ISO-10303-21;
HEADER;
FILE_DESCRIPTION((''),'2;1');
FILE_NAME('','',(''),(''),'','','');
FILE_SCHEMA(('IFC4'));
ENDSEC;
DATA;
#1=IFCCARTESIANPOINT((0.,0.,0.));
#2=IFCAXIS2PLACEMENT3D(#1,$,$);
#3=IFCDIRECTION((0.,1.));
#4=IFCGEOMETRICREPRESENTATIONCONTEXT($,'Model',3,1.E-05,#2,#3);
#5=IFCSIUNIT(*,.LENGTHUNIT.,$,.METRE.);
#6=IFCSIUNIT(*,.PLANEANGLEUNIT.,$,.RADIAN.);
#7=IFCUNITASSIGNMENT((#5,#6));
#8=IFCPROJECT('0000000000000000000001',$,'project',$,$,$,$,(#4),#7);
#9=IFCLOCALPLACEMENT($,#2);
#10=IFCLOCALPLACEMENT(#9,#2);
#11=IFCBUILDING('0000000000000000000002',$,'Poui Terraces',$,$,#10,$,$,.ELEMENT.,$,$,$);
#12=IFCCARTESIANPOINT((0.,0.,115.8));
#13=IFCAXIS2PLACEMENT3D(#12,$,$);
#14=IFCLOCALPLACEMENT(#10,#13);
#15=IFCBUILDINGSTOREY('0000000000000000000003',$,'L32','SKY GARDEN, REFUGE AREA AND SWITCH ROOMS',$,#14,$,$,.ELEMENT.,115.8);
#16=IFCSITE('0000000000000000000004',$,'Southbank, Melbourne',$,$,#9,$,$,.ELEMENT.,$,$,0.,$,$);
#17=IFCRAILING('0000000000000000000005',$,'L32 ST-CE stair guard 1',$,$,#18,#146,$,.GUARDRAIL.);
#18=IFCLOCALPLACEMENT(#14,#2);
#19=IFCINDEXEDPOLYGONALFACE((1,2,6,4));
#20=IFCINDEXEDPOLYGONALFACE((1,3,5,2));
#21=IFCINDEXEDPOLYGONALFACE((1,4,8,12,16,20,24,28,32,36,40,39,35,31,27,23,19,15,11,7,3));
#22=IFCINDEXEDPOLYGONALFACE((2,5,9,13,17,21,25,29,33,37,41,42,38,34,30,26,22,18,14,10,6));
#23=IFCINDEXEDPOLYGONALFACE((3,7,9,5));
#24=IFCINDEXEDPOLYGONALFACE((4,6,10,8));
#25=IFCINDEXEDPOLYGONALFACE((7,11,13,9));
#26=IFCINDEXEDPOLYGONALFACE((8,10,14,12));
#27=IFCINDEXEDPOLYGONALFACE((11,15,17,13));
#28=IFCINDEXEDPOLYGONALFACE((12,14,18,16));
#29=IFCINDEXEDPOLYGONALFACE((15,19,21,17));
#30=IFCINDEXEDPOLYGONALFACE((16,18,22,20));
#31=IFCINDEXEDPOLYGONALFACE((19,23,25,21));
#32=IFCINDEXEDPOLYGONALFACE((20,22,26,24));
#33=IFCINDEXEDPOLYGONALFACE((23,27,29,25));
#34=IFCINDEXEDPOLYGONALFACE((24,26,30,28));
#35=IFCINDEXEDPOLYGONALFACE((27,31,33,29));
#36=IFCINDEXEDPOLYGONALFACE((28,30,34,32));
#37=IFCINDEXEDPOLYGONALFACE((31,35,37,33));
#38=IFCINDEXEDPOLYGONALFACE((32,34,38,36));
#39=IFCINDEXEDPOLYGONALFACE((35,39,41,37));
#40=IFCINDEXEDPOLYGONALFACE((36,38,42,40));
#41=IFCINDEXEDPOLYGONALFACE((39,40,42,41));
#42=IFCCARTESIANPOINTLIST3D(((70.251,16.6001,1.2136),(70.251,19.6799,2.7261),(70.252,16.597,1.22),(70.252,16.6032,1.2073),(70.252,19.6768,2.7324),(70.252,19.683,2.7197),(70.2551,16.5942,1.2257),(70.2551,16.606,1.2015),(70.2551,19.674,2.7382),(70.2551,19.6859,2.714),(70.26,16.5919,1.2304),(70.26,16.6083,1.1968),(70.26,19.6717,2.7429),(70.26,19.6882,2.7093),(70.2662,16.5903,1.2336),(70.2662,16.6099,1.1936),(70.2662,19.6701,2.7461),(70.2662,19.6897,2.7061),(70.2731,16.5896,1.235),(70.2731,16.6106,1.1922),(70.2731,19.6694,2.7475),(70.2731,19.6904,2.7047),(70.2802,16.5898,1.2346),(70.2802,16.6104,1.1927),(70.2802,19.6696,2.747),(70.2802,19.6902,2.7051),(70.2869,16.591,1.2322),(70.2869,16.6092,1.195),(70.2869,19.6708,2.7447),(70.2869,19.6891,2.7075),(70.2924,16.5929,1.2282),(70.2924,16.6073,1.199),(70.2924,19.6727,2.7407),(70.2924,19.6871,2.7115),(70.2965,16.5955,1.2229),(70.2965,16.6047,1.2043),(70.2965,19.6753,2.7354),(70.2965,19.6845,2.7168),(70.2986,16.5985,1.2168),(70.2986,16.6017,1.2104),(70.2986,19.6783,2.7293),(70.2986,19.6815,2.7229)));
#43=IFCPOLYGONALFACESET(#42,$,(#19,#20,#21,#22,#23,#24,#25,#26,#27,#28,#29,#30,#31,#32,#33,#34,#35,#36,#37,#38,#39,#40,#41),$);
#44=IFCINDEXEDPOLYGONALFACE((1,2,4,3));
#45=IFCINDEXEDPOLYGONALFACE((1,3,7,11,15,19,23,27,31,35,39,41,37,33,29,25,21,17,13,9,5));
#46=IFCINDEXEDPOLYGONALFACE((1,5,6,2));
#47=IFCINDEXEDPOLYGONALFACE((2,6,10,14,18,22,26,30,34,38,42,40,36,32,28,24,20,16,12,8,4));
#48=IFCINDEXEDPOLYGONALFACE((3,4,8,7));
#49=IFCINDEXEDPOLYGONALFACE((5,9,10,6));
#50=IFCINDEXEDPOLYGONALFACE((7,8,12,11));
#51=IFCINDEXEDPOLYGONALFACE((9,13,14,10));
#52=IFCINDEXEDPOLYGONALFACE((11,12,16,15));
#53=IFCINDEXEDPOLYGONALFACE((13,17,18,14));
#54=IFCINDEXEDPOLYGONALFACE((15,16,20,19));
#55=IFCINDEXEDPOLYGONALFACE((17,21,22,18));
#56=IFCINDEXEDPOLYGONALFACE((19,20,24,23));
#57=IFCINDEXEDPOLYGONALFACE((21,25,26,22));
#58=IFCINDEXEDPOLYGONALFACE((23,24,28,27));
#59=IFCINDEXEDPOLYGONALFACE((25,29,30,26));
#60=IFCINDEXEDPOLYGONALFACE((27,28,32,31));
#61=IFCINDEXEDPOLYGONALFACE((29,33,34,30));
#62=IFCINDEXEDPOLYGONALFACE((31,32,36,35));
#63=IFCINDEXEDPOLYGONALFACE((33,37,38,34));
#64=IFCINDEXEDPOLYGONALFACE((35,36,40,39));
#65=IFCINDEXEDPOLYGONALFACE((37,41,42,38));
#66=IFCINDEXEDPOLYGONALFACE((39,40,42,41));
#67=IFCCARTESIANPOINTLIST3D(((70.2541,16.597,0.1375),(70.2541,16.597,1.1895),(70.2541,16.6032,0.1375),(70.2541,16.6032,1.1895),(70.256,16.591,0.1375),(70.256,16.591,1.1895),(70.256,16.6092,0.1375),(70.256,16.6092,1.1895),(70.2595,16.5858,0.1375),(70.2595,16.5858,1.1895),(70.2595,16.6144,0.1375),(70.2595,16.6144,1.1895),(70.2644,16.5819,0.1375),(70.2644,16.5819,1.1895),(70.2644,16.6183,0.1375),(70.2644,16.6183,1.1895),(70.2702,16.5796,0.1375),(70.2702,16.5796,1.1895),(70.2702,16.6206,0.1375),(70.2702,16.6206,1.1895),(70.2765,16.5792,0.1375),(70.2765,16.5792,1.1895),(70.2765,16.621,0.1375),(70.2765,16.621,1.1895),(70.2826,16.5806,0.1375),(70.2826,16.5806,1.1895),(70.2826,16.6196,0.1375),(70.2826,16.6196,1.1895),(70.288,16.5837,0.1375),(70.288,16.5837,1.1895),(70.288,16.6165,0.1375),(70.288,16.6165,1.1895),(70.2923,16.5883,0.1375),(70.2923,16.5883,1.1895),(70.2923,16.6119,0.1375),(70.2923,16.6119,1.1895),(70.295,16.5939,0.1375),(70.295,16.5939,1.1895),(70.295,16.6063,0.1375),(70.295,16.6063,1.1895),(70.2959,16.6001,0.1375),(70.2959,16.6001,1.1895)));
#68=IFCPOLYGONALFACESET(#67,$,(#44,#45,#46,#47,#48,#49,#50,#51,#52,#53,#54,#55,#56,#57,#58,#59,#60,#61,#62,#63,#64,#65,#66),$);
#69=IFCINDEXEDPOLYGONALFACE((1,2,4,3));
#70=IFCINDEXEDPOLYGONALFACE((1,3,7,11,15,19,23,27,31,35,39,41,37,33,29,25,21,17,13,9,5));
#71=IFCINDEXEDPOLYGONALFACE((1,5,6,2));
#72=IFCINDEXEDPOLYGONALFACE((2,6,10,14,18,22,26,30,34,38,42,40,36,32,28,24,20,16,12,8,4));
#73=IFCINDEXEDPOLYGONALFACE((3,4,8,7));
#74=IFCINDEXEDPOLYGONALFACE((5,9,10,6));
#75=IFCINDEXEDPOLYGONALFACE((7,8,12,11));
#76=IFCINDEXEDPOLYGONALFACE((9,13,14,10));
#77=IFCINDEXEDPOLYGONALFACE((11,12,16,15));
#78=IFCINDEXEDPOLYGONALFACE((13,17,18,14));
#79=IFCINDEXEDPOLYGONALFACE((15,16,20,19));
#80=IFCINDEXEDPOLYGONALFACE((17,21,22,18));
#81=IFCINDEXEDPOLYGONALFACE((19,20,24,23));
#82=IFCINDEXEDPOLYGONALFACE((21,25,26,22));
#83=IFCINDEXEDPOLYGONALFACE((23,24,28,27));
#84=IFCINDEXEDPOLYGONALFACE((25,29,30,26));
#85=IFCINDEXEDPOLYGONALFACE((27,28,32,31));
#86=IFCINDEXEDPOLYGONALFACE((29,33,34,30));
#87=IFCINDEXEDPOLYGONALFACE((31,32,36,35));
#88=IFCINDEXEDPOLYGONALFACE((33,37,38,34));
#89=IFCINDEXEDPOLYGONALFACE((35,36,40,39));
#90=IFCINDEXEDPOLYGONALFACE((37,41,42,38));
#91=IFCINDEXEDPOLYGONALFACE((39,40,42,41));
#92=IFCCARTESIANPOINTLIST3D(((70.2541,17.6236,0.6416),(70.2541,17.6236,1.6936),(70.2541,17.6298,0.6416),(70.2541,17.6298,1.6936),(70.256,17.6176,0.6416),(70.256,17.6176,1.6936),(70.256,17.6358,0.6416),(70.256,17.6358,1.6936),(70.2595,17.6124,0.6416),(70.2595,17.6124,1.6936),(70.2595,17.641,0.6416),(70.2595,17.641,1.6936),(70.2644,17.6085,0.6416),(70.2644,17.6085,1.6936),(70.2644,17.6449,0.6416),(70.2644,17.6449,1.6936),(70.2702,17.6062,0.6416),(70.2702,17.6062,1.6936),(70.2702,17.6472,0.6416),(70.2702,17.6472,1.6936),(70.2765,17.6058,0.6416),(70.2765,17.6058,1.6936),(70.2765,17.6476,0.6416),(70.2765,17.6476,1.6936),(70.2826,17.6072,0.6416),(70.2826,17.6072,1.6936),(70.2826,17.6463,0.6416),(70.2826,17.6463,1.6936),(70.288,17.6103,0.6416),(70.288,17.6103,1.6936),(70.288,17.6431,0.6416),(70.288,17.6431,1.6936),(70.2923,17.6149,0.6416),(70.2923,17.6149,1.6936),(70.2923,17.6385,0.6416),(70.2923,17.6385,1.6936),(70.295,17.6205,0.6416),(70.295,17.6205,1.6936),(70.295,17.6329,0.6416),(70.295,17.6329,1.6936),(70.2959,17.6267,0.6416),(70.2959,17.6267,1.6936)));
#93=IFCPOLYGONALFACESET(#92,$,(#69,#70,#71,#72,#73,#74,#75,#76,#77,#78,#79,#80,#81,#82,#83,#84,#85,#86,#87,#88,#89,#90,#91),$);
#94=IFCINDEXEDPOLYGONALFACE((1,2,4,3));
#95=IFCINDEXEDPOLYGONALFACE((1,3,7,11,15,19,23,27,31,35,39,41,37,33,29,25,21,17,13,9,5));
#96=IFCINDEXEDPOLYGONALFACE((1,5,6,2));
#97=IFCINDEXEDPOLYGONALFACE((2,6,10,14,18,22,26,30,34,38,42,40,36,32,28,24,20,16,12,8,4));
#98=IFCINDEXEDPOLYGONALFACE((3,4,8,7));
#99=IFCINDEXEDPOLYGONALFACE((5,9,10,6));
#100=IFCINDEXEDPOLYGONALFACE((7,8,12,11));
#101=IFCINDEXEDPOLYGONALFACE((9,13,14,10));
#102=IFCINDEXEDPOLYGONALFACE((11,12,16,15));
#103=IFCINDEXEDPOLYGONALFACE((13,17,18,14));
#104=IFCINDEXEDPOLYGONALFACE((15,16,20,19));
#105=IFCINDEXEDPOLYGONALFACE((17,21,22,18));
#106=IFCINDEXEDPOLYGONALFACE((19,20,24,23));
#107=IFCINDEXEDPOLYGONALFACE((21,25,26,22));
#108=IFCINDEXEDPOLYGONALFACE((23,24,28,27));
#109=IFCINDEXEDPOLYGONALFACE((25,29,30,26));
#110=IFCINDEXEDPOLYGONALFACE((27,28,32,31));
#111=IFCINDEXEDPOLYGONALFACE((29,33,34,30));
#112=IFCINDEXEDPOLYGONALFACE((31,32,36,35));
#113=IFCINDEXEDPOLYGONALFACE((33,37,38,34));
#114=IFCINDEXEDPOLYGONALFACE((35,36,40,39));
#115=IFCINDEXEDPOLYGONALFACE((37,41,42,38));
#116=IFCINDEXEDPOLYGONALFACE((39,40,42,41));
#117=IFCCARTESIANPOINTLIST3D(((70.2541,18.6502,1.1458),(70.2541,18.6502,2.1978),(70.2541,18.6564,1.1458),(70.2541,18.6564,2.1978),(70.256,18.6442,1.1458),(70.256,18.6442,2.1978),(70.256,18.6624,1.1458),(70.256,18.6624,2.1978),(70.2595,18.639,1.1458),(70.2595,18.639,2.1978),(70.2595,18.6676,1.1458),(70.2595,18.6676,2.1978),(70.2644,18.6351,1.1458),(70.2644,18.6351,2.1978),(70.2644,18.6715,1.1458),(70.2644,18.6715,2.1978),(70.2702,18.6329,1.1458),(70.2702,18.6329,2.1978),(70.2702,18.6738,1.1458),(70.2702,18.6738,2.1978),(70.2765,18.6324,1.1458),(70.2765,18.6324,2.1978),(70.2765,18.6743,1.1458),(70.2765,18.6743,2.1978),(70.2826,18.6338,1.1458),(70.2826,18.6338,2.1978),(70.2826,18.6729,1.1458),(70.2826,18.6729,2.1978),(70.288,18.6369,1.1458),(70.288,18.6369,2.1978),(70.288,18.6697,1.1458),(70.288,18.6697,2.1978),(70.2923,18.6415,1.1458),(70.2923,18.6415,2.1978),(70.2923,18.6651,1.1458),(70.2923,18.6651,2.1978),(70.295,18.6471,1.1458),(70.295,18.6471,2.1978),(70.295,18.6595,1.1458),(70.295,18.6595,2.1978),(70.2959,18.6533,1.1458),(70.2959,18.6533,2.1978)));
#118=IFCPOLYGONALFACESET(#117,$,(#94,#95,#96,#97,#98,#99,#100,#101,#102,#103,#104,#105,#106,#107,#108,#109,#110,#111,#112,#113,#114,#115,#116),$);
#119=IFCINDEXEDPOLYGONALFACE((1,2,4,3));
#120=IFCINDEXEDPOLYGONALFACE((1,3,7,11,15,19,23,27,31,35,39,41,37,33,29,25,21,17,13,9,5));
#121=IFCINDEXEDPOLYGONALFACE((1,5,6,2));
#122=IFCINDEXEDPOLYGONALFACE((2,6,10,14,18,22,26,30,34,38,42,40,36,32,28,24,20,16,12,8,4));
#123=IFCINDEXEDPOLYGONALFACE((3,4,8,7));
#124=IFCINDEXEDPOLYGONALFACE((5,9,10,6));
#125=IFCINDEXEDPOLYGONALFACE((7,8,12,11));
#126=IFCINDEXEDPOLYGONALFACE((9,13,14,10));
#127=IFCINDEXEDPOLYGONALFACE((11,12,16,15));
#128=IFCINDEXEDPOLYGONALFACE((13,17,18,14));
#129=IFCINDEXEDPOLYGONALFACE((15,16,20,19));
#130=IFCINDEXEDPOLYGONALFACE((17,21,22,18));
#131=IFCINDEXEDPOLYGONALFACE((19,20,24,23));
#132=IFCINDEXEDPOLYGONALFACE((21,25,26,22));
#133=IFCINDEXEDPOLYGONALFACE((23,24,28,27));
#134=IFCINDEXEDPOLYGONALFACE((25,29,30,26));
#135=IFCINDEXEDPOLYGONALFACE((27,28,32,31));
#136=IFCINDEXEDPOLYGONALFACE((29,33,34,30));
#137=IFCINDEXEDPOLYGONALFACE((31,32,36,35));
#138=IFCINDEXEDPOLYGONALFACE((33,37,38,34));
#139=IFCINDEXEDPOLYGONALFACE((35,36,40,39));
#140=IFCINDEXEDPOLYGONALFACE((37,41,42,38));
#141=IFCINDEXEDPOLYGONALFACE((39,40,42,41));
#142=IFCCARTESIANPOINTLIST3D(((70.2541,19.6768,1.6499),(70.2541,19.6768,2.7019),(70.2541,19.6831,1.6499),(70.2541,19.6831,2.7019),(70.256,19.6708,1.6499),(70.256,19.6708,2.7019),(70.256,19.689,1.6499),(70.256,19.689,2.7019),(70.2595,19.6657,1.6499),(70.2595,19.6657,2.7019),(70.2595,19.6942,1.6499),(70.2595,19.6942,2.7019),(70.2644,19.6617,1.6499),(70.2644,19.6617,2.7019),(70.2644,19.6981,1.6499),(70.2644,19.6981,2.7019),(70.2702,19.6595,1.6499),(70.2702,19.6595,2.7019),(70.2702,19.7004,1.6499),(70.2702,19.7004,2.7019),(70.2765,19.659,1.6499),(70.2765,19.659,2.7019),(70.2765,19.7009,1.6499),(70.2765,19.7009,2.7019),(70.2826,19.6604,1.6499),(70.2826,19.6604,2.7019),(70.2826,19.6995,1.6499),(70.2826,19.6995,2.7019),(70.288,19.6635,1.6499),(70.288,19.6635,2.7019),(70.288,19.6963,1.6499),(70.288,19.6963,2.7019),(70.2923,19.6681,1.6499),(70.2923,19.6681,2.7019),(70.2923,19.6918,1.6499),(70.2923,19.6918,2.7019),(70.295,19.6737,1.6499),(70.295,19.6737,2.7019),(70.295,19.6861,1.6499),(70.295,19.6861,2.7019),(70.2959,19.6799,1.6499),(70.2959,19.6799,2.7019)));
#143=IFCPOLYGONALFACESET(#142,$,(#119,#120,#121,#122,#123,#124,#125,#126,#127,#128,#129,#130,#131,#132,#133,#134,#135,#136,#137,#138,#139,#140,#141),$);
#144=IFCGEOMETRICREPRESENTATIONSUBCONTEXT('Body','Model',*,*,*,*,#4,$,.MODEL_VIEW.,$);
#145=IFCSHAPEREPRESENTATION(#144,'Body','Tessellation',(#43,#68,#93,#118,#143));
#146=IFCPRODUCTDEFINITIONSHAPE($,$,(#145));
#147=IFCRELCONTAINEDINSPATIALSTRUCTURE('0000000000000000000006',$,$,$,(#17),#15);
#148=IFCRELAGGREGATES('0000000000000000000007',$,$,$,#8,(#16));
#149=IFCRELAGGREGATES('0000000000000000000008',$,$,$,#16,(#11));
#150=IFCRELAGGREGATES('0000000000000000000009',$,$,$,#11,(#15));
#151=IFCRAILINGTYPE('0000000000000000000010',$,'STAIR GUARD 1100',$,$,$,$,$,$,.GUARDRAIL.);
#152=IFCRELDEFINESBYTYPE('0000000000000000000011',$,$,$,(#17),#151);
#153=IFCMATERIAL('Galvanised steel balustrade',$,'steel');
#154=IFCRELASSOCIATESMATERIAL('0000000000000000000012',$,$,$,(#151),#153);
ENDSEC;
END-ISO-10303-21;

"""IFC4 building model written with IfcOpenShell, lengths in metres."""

from ifc_helpers import new_model, si_unit, direction, frame, origin, origin_2d, place, context, subcontext, project, spatial, circle, extrude, material, type_object, element, save


model = new_model("IFC4")

# Units and contexts
model_context = context("Model", 3, precision=1e-05, world=origin(), true_north=direction((0.0, 1.0)))
body_context = subcontext(model_context, "Body", "Model", "MODEL_VIEW")
ifc_project = project(units=[si_unit("LENGTHUNIT", "METRE"), si_unit("PLANEANGLEUNIT", "RADIAN")], contexts=[model_context])

# Site, building, storey
site_placement = place(None, origin())
site = spatial("IfcSite", under=ifc_project, at=site_placement, Name="Southbank, Melbourne", CompositionType="ELEMENT", RefElevation=0.0)
building_placement = place(site_placement, origin())
building = spatial("IfcBuilding", under=site, at=building_placement, Name="Poui Terraces", CompositionType="ELEMENT")
storey_placement = place(building_placement, frame((0.0, 0.0, 115.8)))
storey = spatial("IfcBuildingStorey", under=building, at=storey_placement, Name="L32", Description="SKY GARDEN, REFUGE AREA AND SWITCH ROOMS", CompositionType="ELEMENT", Elevation=115.8)

# Railing
ifc_material_1 = material(Name="Galvanised steel balustrade", Category="steel")
railing_type_1 = type_object("IfcRailingType", Name="STAIR GUARD 1100", PredefinedType="GUARDRAIL", material=ifc_material_1)
railing_1_placement = place(storey_placement, frame((70.2749, 16.6001, 0.1375)))
element("IfcRailing", 1, at=railing_1_placement, inside=storey, type_object=railing_type_1, Name="L32 ST-CE stair guard 1", PredefinedType="GUARDRAIL", context=body_context, shape_type="SweptSolid", body=[
    extrude(circle(Radius=0.0239, at=origin_2d()), frame((0.0, 0.0, 1.0762), z_axis=(0.0, 0.897606, 0.440798), x_axis=(-1.0, 0.0, 0.0)), (0.0, 0.0, 1.0), 3.4312),
    extrude(circle(Radius=0.021, at=origin_2d()), origin(), (0.0, 0.0, 1.0), 1.052),
    extrude(circle(Radius=0.021, at=origin_2d()), frame((0.0, 1.0266, 0.5042)), (0.0, 0.0, 1.0), 1.052),
    extrude(circle(Radius=0.021, at=origin_2d()), frame((0.0, 2.0532, 1.0083)), (0.0, 0.0, 1.0), 1.052),
    extrude(circle(Radius=0.021, at=origin_2d()), frame((0.0, 3.0798, 1.5125)), (0.0, 0.0, 1.0), 1.052),
])

save(model, "model.ifc")
